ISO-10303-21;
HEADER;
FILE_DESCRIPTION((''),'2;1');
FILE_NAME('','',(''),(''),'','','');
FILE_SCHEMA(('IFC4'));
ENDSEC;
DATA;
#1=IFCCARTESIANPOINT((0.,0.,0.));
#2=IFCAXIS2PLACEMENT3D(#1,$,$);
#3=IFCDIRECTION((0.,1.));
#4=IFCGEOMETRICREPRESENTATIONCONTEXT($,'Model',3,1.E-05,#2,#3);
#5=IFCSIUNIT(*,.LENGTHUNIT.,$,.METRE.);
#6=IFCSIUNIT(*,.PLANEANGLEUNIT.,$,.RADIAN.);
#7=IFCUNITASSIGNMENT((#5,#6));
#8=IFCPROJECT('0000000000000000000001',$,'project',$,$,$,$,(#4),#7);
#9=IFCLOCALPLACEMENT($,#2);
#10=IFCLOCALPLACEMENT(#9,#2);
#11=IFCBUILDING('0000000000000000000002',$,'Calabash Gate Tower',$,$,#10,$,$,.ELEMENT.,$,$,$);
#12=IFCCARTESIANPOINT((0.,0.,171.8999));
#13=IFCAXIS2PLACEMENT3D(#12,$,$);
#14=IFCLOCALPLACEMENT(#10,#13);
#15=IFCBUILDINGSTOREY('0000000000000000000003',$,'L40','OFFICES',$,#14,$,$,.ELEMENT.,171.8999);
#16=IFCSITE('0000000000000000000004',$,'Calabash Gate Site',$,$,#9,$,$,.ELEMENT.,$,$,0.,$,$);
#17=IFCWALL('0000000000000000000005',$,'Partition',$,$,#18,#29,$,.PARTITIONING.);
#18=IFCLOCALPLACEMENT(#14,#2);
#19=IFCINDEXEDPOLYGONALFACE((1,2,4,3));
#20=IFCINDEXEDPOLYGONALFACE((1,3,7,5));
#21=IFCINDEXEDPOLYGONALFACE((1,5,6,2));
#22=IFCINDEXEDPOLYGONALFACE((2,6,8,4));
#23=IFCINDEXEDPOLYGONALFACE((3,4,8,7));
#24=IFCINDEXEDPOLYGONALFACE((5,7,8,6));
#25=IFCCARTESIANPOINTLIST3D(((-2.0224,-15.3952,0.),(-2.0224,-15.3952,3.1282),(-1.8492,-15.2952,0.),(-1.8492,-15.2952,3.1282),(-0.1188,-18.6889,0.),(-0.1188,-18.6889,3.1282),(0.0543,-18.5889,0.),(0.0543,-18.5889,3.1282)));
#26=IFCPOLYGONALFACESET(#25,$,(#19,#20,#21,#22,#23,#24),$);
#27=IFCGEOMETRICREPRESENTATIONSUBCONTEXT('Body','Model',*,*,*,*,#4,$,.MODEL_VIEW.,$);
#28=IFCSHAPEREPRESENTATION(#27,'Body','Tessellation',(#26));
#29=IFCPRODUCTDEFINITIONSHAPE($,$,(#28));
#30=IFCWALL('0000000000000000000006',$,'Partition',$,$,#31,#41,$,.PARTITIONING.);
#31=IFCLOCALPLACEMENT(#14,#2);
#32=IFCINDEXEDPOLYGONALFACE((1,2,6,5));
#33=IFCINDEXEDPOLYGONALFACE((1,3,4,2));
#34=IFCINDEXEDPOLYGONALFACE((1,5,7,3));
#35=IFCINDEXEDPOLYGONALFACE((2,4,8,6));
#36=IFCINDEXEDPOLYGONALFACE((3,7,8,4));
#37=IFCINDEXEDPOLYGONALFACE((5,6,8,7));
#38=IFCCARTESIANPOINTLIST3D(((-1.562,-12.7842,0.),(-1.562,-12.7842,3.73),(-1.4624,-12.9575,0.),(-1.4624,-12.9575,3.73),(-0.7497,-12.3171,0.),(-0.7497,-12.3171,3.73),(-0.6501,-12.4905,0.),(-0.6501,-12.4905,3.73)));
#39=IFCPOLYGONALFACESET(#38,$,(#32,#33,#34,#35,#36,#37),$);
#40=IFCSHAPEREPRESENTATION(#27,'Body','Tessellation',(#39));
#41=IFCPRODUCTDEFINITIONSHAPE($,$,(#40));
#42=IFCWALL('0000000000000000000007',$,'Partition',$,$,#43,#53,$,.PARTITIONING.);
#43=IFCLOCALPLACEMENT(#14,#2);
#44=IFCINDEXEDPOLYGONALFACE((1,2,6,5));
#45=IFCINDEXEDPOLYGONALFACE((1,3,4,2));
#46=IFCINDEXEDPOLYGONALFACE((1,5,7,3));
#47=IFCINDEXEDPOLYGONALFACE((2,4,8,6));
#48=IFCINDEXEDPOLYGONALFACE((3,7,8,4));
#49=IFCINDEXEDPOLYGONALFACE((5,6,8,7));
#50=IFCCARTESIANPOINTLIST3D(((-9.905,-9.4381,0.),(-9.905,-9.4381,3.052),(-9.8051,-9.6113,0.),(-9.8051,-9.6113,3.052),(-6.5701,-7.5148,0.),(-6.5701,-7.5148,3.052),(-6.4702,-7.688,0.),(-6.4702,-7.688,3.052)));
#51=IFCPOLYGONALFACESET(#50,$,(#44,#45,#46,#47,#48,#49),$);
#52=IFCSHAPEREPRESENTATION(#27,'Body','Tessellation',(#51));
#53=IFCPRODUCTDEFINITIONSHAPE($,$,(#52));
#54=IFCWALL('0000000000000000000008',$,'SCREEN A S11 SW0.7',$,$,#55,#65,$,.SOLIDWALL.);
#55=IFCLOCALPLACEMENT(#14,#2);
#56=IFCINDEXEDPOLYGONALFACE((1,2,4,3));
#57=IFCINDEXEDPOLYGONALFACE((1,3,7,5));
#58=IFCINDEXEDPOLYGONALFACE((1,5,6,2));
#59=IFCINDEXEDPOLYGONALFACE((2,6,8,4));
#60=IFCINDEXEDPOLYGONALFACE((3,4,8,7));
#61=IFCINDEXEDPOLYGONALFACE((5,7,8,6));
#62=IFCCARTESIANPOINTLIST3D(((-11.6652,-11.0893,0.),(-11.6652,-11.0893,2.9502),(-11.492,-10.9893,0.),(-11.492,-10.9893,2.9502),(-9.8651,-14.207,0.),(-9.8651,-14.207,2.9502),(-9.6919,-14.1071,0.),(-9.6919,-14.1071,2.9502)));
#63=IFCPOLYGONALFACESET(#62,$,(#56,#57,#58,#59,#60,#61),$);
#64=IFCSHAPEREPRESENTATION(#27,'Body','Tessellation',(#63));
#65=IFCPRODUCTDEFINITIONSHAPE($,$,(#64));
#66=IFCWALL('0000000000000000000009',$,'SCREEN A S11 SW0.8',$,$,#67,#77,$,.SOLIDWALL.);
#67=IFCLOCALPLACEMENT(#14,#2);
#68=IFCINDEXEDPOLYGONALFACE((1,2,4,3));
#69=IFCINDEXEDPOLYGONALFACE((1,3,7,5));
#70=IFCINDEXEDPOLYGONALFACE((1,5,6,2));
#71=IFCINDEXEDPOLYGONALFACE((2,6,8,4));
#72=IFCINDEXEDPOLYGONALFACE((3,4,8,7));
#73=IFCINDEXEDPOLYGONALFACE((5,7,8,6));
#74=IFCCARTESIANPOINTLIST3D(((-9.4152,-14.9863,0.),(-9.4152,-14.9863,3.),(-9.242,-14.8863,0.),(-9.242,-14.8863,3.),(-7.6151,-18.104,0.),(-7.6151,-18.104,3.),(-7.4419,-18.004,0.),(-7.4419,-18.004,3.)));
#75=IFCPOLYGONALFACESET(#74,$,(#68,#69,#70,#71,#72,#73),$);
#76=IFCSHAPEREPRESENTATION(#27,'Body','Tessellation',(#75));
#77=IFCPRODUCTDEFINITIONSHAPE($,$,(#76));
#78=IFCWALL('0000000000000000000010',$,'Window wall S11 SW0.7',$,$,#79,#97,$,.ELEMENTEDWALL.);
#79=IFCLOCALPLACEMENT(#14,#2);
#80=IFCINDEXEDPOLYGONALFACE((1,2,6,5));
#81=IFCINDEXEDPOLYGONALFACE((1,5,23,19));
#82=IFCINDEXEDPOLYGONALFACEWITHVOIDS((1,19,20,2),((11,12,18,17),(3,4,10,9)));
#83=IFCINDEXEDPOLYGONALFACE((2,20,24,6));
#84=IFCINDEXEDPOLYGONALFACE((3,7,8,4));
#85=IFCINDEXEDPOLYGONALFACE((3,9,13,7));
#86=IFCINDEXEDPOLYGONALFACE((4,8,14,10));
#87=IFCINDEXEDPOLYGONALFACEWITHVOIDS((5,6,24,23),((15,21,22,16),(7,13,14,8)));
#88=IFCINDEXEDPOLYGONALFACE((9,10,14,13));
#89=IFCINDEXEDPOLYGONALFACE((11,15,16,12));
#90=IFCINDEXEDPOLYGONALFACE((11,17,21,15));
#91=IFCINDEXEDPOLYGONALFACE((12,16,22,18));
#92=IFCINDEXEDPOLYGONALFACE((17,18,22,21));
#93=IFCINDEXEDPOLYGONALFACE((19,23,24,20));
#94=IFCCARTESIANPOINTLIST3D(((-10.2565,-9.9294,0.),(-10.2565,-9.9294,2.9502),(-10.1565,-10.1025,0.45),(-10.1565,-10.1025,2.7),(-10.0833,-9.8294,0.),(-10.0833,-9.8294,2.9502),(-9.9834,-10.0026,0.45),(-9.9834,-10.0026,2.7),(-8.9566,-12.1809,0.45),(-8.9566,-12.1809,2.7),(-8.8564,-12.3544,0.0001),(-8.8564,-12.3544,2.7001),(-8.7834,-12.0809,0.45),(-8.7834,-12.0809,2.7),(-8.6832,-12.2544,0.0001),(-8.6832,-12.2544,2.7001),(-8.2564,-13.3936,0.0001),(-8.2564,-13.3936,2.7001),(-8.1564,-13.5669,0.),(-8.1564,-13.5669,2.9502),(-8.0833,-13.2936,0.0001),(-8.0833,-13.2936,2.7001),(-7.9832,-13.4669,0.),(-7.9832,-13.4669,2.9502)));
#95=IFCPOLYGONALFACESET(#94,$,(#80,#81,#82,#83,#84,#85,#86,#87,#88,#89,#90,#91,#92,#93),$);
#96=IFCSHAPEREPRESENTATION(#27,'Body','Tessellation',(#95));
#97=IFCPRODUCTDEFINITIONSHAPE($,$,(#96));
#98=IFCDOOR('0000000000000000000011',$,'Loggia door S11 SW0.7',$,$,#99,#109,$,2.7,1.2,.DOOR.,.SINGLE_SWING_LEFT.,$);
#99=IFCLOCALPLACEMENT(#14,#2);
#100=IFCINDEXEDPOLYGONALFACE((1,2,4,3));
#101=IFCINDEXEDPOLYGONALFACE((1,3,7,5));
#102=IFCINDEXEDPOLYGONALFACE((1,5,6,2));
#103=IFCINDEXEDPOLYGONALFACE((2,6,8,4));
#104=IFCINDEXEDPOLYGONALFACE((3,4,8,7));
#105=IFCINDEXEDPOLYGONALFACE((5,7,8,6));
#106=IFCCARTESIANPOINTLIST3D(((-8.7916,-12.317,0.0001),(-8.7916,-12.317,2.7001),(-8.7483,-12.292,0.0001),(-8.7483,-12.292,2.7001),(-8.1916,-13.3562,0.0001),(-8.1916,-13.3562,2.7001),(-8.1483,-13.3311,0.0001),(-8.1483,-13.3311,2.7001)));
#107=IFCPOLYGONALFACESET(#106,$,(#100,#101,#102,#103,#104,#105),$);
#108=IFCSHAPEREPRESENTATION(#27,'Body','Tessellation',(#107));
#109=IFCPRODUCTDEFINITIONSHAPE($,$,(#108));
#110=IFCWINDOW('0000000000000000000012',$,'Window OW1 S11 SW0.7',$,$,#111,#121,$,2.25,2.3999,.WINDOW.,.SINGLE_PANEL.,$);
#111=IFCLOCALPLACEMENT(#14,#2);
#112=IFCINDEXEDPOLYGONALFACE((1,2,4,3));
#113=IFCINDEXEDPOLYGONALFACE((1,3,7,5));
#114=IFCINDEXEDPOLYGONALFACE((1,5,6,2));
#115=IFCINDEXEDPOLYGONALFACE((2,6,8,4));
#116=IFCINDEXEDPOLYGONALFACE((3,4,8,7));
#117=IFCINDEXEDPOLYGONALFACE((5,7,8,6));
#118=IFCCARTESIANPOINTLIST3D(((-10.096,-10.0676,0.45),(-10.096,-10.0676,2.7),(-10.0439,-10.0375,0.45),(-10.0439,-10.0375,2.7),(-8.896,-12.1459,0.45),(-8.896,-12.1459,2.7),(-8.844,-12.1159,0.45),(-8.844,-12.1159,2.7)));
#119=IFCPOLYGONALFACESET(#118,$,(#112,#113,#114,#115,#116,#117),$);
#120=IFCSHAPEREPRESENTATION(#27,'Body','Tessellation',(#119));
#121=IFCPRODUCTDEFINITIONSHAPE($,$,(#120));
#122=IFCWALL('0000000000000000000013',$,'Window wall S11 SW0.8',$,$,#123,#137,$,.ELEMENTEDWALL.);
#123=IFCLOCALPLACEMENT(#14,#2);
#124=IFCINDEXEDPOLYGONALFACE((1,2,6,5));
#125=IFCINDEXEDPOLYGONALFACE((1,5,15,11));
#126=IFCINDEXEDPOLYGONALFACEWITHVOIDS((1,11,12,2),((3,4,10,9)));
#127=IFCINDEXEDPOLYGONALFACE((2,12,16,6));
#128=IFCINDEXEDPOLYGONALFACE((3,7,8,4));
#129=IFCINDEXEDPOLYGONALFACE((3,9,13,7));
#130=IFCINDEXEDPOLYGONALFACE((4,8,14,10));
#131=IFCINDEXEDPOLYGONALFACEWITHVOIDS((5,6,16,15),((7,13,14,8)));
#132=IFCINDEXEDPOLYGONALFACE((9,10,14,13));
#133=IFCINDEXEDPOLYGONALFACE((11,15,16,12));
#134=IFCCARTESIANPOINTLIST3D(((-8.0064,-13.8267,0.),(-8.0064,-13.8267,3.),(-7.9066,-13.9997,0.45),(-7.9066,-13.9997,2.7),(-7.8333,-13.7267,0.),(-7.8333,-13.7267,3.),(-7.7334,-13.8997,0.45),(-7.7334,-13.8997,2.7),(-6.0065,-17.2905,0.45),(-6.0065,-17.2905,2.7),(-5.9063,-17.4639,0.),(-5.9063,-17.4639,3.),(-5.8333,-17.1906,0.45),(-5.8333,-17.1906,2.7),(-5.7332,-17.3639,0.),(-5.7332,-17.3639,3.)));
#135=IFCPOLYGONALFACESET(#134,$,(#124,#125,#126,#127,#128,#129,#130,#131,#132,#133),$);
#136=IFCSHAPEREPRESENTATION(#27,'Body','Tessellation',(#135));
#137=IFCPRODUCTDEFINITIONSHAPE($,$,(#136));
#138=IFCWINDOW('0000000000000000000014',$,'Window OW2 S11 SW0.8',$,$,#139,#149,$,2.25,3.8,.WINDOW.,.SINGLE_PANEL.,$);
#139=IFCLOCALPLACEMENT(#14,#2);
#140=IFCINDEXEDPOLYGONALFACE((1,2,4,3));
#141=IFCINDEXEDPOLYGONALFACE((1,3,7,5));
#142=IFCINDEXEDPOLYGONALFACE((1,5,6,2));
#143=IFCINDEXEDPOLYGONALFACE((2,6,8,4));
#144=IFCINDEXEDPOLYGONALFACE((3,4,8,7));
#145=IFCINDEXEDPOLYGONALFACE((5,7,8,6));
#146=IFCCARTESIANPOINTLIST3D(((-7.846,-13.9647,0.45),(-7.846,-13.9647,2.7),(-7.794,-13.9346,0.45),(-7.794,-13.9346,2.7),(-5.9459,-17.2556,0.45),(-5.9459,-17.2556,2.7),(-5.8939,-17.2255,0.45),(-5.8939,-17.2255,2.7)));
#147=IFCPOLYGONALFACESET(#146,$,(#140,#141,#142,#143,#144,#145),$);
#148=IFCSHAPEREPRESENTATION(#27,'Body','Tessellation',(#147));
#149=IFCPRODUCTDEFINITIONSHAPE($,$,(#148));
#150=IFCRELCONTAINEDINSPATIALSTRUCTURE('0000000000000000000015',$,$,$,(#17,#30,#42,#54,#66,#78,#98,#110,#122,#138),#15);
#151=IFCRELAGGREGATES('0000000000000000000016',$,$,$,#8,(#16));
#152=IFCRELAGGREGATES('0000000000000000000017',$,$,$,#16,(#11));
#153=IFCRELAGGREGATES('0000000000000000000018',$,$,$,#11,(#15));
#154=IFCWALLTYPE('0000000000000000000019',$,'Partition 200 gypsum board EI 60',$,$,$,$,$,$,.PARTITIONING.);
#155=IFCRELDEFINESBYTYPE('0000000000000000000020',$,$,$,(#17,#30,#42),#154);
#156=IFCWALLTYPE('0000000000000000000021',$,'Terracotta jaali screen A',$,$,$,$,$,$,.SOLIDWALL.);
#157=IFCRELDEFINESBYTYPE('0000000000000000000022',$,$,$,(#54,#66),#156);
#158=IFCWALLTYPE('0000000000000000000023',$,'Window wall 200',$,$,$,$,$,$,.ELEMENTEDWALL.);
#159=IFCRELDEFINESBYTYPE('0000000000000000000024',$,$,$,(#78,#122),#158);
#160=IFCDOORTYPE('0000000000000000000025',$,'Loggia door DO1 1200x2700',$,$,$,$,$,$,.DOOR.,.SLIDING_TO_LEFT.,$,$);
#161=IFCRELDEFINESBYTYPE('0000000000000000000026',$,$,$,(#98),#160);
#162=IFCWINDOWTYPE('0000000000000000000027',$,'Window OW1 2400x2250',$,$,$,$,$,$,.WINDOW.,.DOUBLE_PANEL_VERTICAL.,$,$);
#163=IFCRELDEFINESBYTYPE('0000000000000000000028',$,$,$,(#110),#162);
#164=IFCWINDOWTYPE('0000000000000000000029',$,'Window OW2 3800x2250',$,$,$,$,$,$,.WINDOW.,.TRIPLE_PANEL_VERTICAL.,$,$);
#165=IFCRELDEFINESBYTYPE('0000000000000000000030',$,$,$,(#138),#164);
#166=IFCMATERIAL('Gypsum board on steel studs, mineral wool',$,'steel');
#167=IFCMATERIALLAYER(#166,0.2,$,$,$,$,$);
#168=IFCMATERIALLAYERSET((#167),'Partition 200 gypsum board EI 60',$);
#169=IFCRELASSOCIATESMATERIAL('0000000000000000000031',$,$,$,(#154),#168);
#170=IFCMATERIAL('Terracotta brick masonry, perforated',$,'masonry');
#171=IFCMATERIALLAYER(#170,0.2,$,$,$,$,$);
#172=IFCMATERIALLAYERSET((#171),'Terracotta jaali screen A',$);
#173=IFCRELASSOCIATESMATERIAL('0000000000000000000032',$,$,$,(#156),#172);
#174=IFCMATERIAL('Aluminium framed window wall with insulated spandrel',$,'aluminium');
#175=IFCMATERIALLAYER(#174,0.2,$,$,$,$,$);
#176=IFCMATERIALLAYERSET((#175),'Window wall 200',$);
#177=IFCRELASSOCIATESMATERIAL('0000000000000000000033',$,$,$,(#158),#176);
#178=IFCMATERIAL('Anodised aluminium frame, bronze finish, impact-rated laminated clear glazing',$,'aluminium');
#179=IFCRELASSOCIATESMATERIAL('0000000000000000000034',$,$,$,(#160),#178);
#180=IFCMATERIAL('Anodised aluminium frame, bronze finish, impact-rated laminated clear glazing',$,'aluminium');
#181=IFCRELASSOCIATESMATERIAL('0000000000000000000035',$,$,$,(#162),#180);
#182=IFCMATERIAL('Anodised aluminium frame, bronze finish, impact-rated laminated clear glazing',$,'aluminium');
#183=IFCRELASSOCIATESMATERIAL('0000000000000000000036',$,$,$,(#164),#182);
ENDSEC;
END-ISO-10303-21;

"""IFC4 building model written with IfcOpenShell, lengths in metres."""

from ifc_helpers import new_model, si_unit, direction, frame, frame_2d, origin, place, context, subcontext, project, spatial, rectangle, extrude, material, layer, layer_set, type_object, element, fill, save


model = new_model("IFC4")

# Units and contexts
model_context = context("Model", 3, precision=1e-05, world=origin(), true_north=direction((0.0, 1.0)))
body_context = subcontext(model_context, "Body", "Model", "MODEL_VIEW")
ifc_project = project(units=[si_unit("LENGTHUNIT", "METRE"), si_unit("PLANEANGLEUNIT", "RADIAN")], contexts=[model_context])

# Site, building, storey
site_placement = place(None, origin())
site = spatial("IfcSite", under=ifc_project, at=site_placement, Name="Calabash Gate Site", CompositionType="ELEMENT", RefElevation=0.0)
building_placement = place(site_placement, origin())
building = spatial("IfcBuilding", under=site, at=building_placement, Name="Calabash Gate Tower", CompositionType="ELEMENT")
storey_placement = place(building_placement, frame((0.0, 0.0, 171.8999)))
storey = spatial("IfcBuildingStorey", under=building, at=storey_placement, Name="L40", Description="OFFICES", CompositionType="ELEMENT", Elevation=171.8999)

# Walls
ifc_material_1 = material(Name="Gypsum board on steel studs, mineral wool", Category="steel")
ifc_layer_1 = layer(ifc_material_1, 0.2)
ifc_layer_set_1 = layer_set([ifc_layer_1], Name="Partition 200 gypsum board EI 60")
wall_type_1 = type_object("IfcWallType", Name="Partition 200 gypsum board EI 60", PredefinedType="PARTITIONING", material=ifc_layer_set_1)
wall_1_placement = place(storey_placement, frame((-1.9358, -15.3452, 0.0), z_axis=(0.0, 0.0, 1.0), x_axis=(0.500383, -0.865804, 0.0)))
element("IfcWall", 1, at=wall_1_placement, inside=storey, type_object=wall_type_1, Name="Partition", PredefinedType="PARTITIONING", context=body_context, shape_type="SweptSolid", body=[
    extrude(rectangle(XDim=3.8042, YDim=0.2, at=frame_2d((1.9021, 0.0))), origin(), (0.0, 0.0, 1.0), 3.1282),
])
wall_2_placement = place(storey_placement, frame((-1.5122, -12.8708, 0.0), z_axis=(0.0, 0.0, 1.0), x_axis=(0.866909, 0.498466, 0.0)))
element("IfcWall", 2, at=wall_2_placement, inside=storey, type_object=wall_type_1, Name="Partition", PredefinedType="PARTITIONING", context=body_context, shape_type="SweptSolid", body=[
    extrude(rectangle(XDim=0.937, YDim=0.2, at=frame_2d((0.4685, 0.0))), origin(), (0.0, 0.0, 1.0), 3.73),
])
wall_3_placement = place(storey_placement, frame((-9.855, -9.5247, 0.0), z_axis=(0.0, 0.0, 1.0), x_axis=(0.866262, 0.499591, 0.0)))
element("IfcWall", 3, at=wall_3_placement, inside=storey, type_object=wall_type_1, Name="Partition", PredefinedType="PARTITIONING", context=body_context, shape_type="SweptSolid", body=[
    extrude(rectangle(XDim=3.8499, YDim=0.2, at=frame_2d((1.9248, 0.0))), origin(), (0.0, 0.0, 1.0), 3.052),
])
ifc_material_2 = material(Name="Terracotta brick masonry, perforated", Category="masonry")
ifc_layer_2 = layer(ifc_material_2, 0.2)
ifc_layer_set_2 = layer_set([ifc_layer_2], Name="Terracotta jaali screen A")
wall_type_2 = type_object("IfcWallType", Name="Terracotta jaali screen A", PredefinedType="SOLIDWALL", material=ifc_layer_set_2)
wall_4_placement = place(storey_placement, frame((-11.5786, -11.0393, 0.0), z_axis=(0.0, 0.0, 1.0), x_axis=(0.500012, -0.866018, 0.0)))
element("IfcWall", 4, at=wall_4_placement, inside=storey, type_object=wall_type_2, Name="SCREEN A S11 SW0.7", PredefinedType="SOLIDWALL", context=body_context, shape_type="SweptSolid", body=[
    extrude(rectangle(XDim=3.6001, YDim=0.2, at=frame_2d((1.8, 0.0))), origin(), (0.0, 0.0, 1.0), 2.9502),
])
wall_5_placement = place(storey_placement, frame((-9.3286, -14.9363, 0.0), z_axis=(0.0, 0.0, 1.0), x_axis=(0.500012, -0.866018, 0.0)))
element("IfcWall", 5, at=wall_5_placement, inside=storey, type_object=wall_type_2, Name="SCREEN A S11 SW0.8", PredefinedType="SOLIDWALL", context=body_context, shape_type="SweptSolid", body=[
    extrude(rectangle(XDim=3.6001, YDim=0.2, at=frame_2d((1.8, 0.0))), origin(), (0.0, 0.0, 1.0), 3.0),
])

# Wall, openings, door, window
ifc_material_3 = material(Name="Aluminium framed window wall with insulated spandrel", Category="aluminium")
ifc_layer_3 = layer(ifc_material_3, 0.2)
ifc_layer_set_3 = layer_set([ifc_layer_3], Name="Window wall 200")
wall_type_3 = type_object("IfcWallType", Name="Window wall 200", PredefinedType="ELEMENTEDWALL", material=ifc_layer_set_3)
wall_6_placement = place(storey_placement, frame((-10.1699, -9.8794, 0.0), z_axis=(0.0, 0.0, 1.0), x_axis=(0.500003, -0.866024, 0.0)))
wall_6 = element("IfcWall", 6, at=wall_6_placement, inside=storey, type_object=wall_type_3, Name="Window wall S11 SW0.7", PredefinedType="ELEMENTEDWALL", context=body_context, shape_type="SweptSolid", body=[
    extrude(rectangle(XDim=4.2002, YDim=0.2, at=frame_2d((2.1001, 0.0))), origin(), (0.0, 0.0, 1.0), 2.9502),
])
opening_1_placement = place(wall_6_placement, frame((0.2, 0.0, 0.45)))
opening_1 = element("IfcOpeningElement", 7, at=opening_1_placement, cuts=wall_6, PredefinedType="OPENING", context=body_context, shape_type="SweptSolid", body=[
    extrude(rectangle(XDim=2.3999, YDim=2.25, at=frame_2d((1.2, 1.125))), frame((0.0, 0.1099, 0.0), z_axis=(0.0, -1.0, 0.0), x_axis=(1.0, 0.0, 0.0)), (0.0, 0.0, 1.0), 0.22),
])
opening_2_placement = place(wall_6_placement, frame((2.8, 0.0, 0.0)))
opening_2 = element("IfcOpeningElement", 8, at=opening_2_placement, cuts=wall_6, PredefinedType="OPENING", context=body_context, shape_type="SweptSolid", body=[
    extrude(rectangle(XDim=1.2, YDim=2.7, at=frame_2d((0.6001, 1.3501))), frame((0.0, 0.1099, 0.0), z_axis=(0.0, -1.0, 0.0), x_axis=(1.0, 0.0, 0.0)), (0.0, 0.0, 1.0), 0.22),
])
ifc_material_4 = material(Name="Anodised aluminium frame, bronze finish, impact-rated laminated clear glazing", Category="aluminium")
door_type = type_object("IfcDoorType", Name="Loggia door DO1 1200x2700", OperationType="SLIDING_TO_LEFT", PredefinedType="DOOR", material=ifc_material_4)
door_placement = place(opening_2_placement, origin())
door = element("IfcDoor", 9, at=door_placement, inside=storey, type_object=door_type, Name="Loggia door S11 SW0.7", OperationType="SINGLE_SWING_LEFT", OverallHeight=2.7, OverallWidth=1.2, PredefinedType="DOOR", context=body_context, shape_type="SweptSolid", body=[
    extrude(rectangle(XDim=1.2, YDim=2.7, at=frame_2d((0.6001, 1.3501))), frame((0.0, 0.0249, 0.0), z_axis=(0.0, -1.0, 0.0), x_axis=(1.0, 0.0, 0.0)), (0.0, 0.0, 1.0), 0.05),
])
fill(opening_2, door)
ifc_material_5 = material(Name="Anodised aluminium frame, bronze finish, impact-rated laminated clear glazing", Category="aluminium")
window_type_1 = type_object("IfcWindowType", Name="Window OW1 2400x2250", PartitioningType="DOUBLE_PANEL_VERTICAL", PredefinedType="WINDOW", material=ifc_material_5)
window_1_placement = place(opening_1_placement, origin())
window_1 = element("IfcWindow", 10, at=window_1_placement, inside=storey, type_object=window_type_1, Name="Window OW1 S11 SW0.7", OverallHeight=2.25, OverallWidth=2.3999, PartitioningType="SINGLE_PANEL", PredefinedType="WINDOW", context=body_context, shape_type="SweptSolid", body=[
    extrude(rectangle(XDim=2.3999, YDim=2.25, at=frame_2d((1.2, 1.125))), frame((0.0, 0.03, 0.0), z_axis=(0.0, -1.0, 0.0), x_axis=(1.0, 0.0, 0.0)), (0.0, 0.0, 1.0), 0.0601),
])
fill(opening_1, window_1)

# Wall, opening, window
wall_7_placement = place(storey_placement, frame((-7.9199, -13.7766, 0.0), z_axis=(0.0, 0.0, 1.0), x_axis=(0.500028, -0.866009, 0.0)))
wall_7 = element("IfcWall", 11, at=wall_7_placement, inside=storey, type_object=wall_type_3, Name="Window wall S11 SW0.8", PredefinedType="ELEMENTEDWALL", context=body_context, shape_type="SweptSolid", body=[
    extrude(rectangle(XDim=4.2, YDim=0.2, at=frame_2d((2.1001, 0.0))), origin(), (0.0, 0.0, 1.0), 3.0),
])
opening_3_placement = place(wall_7_placement, frame((0.2, 0.0, 0.45)))
opening_3 = element("IfcOpeningElement", 12, at=opening_3_placement, cuts=wall_7, PredefinedType="OPENING", context=body_context, shape_type="SweptSolid", body=[
    extrude(rectangle(XDim=3.8, YDim=2.25, at=frame_2d((1.8999, 1.125))), frame((0.0, 0.1099, 0.0), z_axis=(0.0, -1.0, 0.0), x_axis=(1.0, 0.0, 0.0)), (0.0, 0.0, 1.0), 0.22),
])
ifc_material_6 = material(Name="Anodised aluminium frame, bronze finish, impact-rated laminated clear glazing", Category="aluminium")
window_type_2 = type_object("IfcWindowType", Name="Window OW2 3800x2250", PartitioningType="TRIPLE_PANEL_VERTICAL", PredefinedType="WINDOW", material=ifc_material_6)
window_2_placement = place(opening_3_placement, origin())
window_2 = element("IfcWindow", 13, at=window_2_placement, inside=storey, type_object=window_type_2, Name="Window OW2 S11 SW0.8", OverallHeight=2.25, OverallWidth=3.8, PartitioningType="SINGLE_PANEL", PredefinedType="WINDOW", context=body_context, shape_type="SweptSolid", body=[
    extrude(rectangle(XDim=3.8, YDim=2.25, at=frame_2d((1.8999, 1.125))), frame((0.0, 0.03, 0.0), z_axis=(0.0, -1.0, 0.0), x_axis=(1.0, 0.0, 0.0)), (0.0, 0.0, 1.0), 0.0601),
])
fill(opening_3, window_2)

save(model, "model.ifc")
